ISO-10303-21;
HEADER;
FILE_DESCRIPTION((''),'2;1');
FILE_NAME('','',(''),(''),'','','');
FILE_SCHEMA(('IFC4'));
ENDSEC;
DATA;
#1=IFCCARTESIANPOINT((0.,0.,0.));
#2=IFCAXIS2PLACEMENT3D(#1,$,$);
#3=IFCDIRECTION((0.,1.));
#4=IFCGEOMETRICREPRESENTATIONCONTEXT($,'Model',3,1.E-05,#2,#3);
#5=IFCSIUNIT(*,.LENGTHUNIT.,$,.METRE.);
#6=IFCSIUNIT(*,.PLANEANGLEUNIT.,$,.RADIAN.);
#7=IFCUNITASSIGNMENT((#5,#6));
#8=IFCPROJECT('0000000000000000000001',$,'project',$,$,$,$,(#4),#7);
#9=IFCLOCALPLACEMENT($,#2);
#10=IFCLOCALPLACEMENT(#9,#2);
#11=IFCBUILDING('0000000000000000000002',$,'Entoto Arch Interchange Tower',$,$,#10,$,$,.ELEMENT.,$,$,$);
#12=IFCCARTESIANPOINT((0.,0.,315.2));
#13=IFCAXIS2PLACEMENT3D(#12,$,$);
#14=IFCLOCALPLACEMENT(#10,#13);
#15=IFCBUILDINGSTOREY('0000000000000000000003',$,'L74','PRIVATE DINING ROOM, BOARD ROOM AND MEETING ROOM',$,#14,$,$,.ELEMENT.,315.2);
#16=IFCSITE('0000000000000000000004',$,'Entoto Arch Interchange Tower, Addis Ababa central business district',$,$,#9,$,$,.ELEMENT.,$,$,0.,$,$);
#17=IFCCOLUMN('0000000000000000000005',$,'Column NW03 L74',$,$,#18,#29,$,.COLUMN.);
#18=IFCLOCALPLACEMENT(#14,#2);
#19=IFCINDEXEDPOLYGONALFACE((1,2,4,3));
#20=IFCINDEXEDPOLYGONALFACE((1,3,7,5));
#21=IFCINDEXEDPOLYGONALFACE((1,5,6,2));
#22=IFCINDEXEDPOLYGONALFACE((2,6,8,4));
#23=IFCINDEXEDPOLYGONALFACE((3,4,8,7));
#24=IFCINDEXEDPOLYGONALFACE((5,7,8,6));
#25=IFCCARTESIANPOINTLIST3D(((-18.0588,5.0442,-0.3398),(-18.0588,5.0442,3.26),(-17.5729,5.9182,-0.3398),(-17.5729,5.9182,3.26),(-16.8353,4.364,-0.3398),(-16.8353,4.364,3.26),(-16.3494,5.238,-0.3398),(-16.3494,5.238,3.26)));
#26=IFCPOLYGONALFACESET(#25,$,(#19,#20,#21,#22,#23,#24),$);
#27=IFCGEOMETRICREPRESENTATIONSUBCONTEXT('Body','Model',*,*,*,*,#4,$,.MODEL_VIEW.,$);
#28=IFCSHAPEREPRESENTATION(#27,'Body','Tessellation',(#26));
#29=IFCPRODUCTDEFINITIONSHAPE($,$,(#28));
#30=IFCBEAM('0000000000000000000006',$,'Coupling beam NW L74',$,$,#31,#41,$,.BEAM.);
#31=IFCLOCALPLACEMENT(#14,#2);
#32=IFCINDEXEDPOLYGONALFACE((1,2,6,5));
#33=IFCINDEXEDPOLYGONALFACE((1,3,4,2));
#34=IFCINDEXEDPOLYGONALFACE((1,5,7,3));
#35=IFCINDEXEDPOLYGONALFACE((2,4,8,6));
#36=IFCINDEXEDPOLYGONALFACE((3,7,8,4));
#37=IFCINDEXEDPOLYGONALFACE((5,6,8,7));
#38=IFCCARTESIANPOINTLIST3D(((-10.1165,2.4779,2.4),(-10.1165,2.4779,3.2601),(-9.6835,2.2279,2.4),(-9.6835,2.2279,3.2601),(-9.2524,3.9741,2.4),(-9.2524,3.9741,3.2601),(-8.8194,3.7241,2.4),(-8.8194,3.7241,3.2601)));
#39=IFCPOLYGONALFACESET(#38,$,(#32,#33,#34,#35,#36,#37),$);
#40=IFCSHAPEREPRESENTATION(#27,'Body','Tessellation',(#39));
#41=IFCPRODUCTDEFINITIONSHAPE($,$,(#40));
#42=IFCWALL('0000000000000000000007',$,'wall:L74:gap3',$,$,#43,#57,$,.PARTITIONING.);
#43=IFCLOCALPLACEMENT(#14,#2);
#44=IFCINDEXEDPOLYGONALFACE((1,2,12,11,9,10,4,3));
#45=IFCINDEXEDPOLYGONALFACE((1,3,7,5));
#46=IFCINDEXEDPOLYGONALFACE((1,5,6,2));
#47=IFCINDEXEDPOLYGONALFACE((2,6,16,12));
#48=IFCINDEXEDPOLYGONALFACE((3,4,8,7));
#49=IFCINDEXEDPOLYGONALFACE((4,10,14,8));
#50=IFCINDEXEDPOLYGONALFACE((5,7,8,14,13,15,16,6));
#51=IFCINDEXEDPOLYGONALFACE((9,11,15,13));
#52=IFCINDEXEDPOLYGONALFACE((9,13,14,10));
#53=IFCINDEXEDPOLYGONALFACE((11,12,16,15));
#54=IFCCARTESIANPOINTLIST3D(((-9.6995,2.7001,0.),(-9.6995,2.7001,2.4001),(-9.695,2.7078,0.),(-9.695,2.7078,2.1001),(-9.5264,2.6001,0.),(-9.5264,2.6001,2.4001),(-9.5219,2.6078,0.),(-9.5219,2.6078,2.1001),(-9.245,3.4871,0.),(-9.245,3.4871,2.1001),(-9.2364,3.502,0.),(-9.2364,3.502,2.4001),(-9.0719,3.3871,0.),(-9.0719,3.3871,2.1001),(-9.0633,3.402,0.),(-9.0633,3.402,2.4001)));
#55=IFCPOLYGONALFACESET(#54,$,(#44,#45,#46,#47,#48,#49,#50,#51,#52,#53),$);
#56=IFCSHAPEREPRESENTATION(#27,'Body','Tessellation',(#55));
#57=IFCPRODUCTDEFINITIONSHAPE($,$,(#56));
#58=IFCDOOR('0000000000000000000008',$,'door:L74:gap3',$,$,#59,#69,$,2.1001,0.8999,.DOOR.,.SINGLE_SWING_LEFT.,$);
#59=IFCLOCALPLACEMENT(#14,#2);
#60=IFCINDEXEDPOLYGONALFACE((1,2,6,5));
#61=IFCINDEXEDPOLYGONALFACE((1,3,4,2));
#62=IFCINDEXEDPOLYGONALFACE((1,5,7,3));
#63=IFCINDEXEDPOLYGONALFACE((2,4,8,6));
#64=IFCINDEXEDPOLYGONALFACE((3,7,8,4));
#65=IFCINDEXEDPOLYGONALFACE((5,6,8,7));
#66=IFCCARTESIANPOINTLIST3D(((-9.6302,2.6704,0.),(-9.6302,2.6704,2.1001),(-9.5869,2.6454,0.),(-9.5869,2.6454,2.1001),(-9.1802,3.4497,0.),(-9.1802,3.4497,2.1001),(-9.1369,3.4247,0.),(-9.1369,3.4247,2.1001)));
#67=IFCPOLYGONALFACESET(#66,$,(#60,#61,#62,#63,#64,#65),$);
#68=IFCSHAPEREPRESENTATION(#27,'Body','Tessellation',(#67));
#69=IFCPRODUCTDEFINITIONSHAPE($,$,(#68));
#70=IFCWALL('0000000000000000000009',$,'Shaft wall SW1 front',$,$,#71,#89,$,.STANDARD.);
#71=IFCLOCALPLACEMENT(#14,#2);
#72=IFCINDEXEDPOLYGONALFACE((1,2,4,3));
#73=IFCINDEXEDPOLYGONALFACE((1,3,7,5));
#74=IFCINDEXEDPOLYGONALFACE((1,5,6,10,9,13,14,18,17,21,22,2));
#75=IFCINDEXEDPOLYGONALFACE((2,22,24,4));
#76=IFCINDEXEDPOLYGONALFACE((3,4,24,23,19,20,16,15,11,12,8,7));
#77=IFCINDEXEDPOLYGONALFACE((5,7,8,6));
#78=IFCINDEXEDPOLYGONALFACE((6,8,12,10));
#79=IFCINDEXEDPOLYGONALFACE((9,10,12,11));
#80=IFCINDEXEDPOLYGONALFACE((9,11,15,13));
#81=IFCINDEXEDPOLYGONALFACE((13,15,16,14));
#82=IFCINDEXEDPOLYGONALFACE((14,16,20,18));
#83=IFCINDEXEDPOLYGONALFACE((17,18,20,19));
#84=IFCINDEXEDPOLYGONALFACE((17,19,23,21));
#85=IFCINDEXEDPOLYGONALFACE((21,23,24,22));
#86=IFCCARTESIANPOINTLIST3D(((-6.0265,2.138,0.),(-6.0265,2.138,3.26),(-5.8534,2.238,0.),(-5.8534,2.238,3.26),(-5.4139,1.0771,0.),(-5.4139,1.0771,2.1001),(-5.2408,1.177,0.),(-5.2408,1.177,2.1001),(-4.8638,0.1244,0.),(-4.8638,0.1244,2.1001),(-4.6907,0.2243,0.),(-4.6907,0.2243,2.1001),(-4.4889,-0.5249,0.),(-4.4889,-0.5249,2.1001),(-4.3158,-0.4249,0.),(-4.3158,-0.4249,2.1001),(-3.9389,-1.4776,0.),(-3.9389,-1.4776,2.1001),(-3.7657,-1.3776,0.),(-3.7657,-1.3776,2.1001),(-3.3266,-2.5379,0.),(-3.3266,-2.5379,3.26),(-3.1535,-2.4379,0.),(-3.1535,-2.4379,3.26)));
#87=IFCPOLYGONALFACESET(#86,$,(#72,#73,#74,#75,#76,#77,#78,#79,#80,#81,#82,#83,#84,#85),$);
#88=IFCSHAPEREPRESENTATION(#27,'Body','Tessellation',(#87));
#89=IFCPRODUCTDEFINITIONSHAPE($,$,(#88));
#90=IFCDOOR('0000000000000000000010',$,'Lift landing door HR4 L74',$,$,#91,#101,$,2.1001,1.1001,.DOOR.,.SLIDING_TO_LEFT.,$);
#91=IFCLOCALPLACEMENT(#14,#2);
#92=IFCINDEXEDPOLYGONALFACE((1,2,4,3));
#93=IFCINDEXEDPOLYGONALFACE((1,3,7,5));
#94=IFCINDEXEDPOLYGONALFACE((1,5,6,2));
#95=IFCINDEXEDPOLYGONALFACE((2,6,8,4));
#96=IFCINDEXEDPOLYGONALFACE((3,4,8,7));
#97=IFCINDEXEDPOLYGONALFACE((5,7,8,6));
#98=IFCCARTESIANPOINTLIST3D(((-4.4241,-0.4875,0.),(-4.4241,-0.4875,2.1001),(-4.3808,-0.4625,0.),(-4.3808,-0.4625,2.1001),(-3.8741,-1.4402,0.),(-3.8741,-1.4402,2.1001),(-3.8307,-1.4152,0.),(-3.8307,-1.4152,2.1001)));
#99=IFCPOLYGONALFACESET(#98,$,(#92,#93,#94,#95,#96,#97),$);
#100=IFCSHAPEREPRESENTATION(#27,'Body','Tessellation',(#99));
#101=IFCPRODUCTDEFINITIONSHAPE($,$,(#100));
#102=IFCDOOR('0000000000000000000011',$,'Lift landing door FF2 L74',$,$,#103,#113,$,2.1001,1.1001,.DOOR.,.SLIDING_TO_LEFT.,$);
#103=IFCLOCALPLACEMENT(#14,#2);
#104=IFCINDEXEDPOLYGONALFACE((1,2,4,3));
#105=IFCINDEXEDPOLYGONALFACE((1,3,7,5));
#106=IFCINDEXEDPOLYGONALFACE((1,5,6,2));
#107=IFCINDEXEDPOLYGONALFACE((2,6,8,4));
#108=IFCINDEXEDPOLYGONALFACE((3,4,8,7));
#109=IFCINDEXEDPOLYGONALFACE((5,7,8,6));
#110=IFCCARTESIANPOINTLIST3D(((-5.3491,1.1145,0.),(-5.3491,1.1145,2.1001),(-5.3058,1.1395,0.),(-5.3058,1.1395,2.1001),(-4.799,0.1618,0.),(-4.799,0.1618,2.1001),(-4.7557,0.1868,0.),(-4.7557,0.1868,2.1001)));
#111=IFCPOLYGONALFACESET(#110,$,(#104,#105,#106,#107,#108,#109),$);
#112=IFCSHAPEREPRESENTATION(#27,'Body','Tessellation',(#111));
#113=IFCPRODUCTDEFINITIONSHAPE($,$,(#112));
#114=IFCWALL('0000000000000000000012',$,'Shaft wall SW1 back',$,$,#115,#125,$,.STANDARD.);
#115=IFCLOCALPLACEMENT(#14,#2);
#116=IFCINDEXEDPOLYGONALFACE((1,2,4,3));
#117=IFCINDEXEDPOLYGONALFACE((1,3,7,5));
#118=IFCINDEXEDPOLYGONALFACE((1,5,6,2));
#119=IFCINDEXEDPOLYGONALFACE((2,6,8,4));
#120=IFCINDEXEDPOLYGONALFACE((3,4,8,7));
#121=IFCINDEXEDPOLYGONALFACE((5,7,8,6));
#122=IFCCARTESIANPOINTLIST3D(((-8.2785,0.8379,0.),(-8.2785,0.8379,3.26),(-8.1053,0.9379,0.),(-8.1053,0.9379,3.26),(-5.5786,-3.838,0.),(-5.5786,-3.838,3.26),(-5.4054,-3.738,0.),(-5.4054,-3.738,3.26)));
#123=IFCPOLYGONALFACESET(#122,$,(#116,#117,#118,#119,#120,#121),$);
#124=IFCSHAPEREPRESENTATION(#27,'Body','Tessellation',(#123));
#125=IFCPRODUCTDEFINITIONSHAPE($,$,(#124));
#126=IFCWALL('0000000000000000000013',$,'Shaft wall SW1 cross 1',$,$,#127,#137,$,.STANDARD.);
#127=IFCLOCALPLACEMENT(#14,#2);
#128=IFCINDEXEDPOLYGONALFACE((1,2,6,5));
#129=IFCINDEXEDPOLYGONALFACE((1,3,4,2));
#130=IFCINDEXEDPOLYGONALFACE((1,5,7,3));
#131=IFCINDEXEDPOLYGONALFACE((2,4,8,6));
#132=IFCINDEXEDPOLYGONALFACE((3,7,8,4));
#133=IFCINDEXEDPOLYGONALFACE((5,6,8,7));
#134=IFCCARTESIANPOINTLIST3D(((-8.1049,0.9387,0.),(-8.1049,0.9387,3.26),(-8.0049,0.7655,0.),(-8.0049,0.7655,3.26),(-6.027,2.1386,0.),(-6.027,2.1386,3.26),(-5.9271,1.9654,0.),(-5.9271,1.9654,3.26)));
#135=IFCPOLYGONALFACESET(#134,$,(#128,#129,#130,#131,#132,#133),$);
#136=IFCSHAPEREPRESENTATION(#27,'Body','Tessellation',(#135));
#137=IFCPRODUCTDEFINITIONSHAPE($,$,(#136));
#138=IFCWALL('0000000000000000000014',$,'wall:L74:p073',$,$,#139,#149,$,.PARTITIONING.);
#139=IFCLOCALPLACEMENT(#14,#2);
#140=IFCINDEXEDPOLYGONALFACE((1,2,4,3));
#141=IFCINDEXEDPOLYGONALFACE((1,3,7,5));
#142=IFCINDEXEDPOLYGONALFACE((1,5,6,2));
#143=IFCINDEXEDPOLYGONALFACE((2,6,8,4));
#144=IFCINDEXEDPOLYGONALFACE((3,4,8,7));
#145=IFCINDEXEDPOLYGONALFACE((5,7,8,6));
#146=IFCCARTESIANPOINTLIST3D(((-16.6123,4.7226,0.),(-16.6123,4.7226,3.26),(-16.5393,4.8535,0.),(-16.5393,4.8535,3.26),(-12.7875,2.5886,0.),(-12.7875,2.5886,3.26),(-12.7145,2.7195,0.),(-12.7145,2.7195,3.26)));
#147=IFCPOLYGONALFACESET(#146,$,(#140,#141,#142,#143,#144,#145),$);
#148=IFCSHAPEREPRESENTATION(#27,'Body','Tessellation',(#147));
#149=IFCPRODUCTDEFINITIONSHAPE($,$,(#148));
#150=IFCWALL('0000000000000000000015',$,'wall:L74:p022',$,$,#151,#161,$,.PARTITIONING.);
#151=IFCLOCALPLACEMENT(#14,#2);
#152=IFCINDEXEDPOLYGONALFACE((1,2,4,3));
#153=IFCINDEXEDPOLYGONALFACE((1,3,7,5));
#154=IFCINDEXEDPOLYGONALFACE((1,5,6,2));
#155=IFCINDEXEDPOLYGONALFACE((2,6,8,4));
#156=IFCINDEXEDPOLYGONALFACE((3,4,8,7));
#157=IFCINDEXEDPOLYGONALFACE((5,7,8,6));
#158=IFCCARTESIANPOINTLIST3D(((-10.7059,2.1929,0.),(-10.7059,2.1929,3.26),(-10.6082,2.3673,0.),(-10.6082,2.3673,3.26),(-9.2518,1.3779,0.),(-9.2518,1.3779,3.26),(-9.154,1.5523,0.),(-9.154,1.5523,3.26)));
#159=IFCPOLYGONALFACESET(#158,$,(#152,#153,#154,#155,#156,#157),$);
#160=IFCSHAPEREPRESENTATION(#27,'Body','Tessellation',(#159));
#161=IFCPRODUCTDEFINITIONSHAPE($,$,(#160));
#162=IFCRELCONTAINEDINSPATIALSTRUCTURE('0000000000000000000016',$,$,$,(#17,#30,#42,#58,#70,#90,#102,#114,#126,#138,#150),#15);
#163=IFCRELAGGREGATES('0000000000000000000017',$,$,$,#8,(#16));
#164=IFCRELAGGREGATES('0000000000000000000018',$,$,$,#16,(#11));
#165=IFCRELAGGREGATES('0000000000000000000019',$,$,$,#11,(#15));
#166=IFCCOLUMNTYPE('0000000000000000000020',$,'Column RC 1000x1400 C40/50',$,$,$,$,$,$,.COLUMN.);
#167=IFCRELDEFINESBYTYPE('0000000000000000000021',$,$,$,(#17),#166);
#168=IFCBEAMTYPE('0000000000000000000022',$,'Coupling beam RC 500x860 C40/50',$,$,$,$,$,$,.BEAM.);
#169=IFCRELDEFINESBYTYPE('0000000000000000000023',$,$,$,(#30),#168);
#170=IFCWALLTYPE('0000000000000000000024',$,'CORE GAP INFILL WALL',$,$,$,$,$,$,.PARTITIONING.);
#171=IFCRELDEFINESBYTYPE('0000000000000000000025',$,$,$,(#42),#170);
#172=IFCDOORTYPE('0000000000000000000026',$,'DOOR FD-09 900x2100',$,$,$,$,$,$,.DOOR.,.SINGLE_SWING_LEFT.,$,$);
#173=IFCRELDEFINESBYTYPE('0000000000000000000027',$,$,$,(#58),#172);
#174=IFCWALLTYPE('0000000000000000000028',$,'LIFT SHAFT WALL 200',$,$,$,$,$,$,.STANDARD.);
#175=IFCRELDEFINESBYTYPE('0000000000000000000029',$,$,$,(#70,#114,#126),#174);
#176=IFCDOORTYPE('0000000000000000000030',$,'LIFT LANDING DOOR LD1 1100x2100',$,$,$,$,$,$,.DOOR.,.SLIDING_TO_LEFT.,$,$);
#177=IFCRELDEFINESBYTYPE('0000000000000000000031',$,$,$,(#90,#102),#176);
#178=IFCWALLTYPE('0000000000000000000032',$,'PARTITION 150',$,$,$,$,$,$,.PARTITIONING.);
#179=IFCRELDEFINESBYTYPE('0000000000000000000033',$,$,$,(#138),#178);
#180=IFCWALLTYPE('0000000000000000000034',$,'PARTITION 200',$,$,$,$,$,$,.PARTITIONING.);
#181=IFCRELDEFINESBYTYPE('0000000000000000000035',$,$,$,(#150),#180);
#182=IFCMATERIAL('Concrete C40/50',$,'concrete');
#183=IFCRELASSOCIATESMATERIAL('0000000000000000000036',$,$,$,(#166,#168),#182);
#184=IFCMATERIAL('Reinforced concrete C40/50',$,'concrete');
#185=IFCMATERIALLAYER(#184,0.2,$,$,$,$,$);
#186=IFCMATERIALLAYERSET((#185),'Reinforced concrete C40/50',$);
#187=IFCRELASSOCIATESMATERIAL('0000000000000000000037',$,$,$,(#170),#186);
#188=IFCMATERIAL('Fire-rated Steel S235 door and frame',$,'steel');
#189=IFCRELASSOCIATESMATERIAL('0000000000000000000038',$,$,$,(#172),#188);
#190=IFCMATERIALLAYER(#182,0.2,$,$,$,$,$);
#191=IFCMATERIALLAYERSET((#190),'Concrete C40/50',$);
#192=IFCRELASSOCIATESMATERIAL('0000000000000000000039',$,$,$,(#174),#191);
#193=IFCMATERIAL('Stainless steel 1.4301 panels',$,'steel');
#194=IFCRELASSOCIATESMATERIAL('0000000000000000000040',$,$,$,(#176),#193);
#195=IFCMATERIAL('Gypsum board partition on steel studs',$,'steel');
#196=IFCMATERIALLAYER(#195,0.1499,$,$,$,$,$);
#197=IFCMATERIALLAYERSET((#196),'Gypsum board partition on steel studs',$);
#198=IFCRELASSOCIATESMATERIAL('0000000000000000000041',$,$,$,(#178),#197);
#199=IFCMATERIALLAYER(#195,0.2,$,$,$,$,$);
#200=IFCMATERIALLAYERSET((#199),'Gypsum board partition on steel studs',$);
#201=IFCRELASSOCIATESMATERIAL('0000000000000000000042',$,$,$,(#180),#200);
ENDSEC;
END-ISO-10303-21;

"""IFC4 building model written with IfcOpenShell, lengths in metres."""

from ifc_helpers import new_model, si_unit, direction, frame, frame_2d, origin, origin_2d, place, context, subcontext, project, spatial, rectangle, extrude, material, layer, layer_set, material_profile, profile_set, type_object, element, fill, save


model = new_model("IFC4")

# Units and contexts
model_context = context("Model", 3, precision=1e-05, world=origin(), true_north=direction((0.0, 1.0)))
body_context = subcontext(model_context, "Body", "Model", "MODEL_VIEW")
ifc_project = project(units=[si_unit("LENGTHUNIT", "METRE"), si_unit("PLANEANGLEUNIT", "RADIAN")], contexts=[model_context])

# Site, building, storey
site_placement = place(None, origin())
site = spatial("IfcSite", under=ifc_project, at=site_placement, Name="Entoto Arch Interchange Tower, Addis Ababa central business district", CompositionType="ELEMENT", RefElevation=0.0)
building_placement = place(site_placement, origin())
building = spatial("IfcBuilding", under=site, at=building_placement, Name="Entoto Arch Interchange Tower", CompositionType="ELEMENT")
storey_placement = place(building_placement, frame((0.0, 0.0, 315.2)))
storey = spatial("IfcBuildingStorey", under=building, at=storey_placement, Name="L74", Description="PRIVATE DINING ROOM, BOARD ROOM AND MEETING ROOM", CompositionType="ELEMENT", Elevation=315.2)

# Column
ifc_material_1 = material(Name="Concrete C40/50", Category="concrete")
ifc_material_profile_1 = material_profile(ifc_material_1, rectangle(XDim=1.0, YDim=1.3999, at=origin_2d()))
ifc_profile_set_1 = profile_set([ifc_material_profile_1], Name="Concrete C40/50")
column_type = type_object("IfcColumnType", Name="Column RC 1000x1400 C40/50", PredefinedType="COLUMN", material=ifc_profile_set_1)
column_placement = place(storey_placement, frame((-17.2041, 5.1411, -0.3398), z_axis=(0.0, 0.0, 1.0), x_axis=(0.485924, 0.874001, 0.0)))
element("IfcColumn", 1, at=column_placement, inside=storey, type_object=column_type, Name="Column NW03 L74", PredefinedType="COLUMN", context=body_context, shape_type="SweptSolid", body=[
    extrude(rectangle(XDim=1.0, YDim=1.3999, at=origin_2d()), origin(), (0.0, 0.0, 1.0), 3.5999),
])

# Beam
ifc_material_profile_2 = material_profile(ifc_material_1, rectangle(XDim=0.5, YDim=0.8601, at=origin_2d()))
ifc_profile_set_2 = profile_set([ifc_material_profile_2], Name="Concrete C40/50")
beam_type = type_object("IfcBeamType", Name="Coupling beam RC 500x860 C40/50", PredefinedType="BEAM", material=ifc_profile_set_2)
beam_placement = place(storey_placement, frame((-9.0359, 3.8491, 2.8301), z_axis=(-0.500106, -0.865964, 0.0), x_axis=(0.865964, -0.500106, 0.0)))
element("IfcBeam", 2, at=beam_placement, inside=storey, type_object=beam_type, Name="Coupling beam NW L74", PredefinedType="BEAM", context=body_context, shape_type="SweptSolid", body=[
    extrude(rectangle(XDim=0.5, YDim=0.8601, at=origin_2d()), origin(), (0.0, 0.0, 1.0), 1.7278),
])

# Wall, opening, door
ifc_material_2 = material(Name="Reinforced concrete C40/50", Category="concrete")
ifc_layer_1 = layer(ifc_material_2, 0.2)
ifc_layer_set_1 = layer_set([ifc_layer_1], Name="Reinforced concrete C40/50")
wall_type_1 = type_object("IfcWallType", Name="CORE GAP INFILL WALL", PredefinedType="PARTITIONING", material=ifc_layer_set_1)
wall_1_placement = place(storey_placement, frame((-9.1499, 3.4519, 0.0), z_axis=(0.0, 0.0, 1.0), x_axis=(-0.50008, -0.865979, 0.0)))
wall_1 = element("IfcWall", 3, at=wall_1_placement, inside=storey, type_object=wall_type_1, Name="wall:L74:gap3", PredefinedType="PARTITIONING", context=body_context, shape_type="SweptSolid", body=[
    extrude(rectangle(XDim=0.926, YDim=0.2, at=frame_2d((0.4629, 0.0))), origin(), (0.0, 0.0, 1.0), 2.4001),
])
opening_1_placement = place(wall_1_placement, frame((0.0171, 0.0, 0.0)))
opening_1 = element("IfcOpeningElement", 4, at=opening_1_placement, cuts=wall_1, PredefinedType="OPENING", context=body_context, shape_type="SweptSolid", body=[
    extrude(rectangle(XDim=0.8999, YDim=2.1001, at=frame_2d((0.45, 1.05))), frame((0.0, 0.1099, 0.0), z_axis=(0.0, -1.0, 0.0), x_axis=(1.0, 0.0, 0.0)), (0.0, 0.0, 1.0), 0.22),
])
ifc_material_3 = material(Name="Fire-rated Steel S235 door and frame", Category="steel")
door_type_1 = type_object("IfcDoorType", Name="DOOR FD-09 900x2100", OperationType="SINGLE_SWING_LEFT", PredefinedType="DOOR", material=ifc_material_3)
door_1_placement = place(opening_1_placement, origin())
door_1 = element("IfcDoor", 5, at=door_1_placement, inside=storey, type_object=door_type_1, Name="door:L74:gap3", OperationType="SINGLE_SWING_LEFT", OverallHeight=2.1001, OverallWidth=0.8999, PredefinedType="DOOR", context=body_context, shape_type="SweptSolid", body=[
    extrude(rectangle(XDim=0.8999, YDim=2.1001, at=frame_2d((0.45, 1.05))), frame((0.0, 0.0249, 0.0), z_axis=(0.0, -1.0, 0.0), x_axis=(1.0, 0.0, 0.0)), (0.0, 0.0, 1.0), 0.05),
])
fill(opening_1, door_1)

# Wall, openings, doors
ifc_layer_2 = layer(ifc_material_1, 0.2)
ifc_layer_set_2 = layer_set([ifc_layer_2], Name="Concrete C40/50")
wall_type_2 = type_object("IfcWallType", Name="LIFT SHAFT WALL 200", PredefinedType="STANDARD", material=ifc_layer_set_2)
wall_2_placement = place(storey_placement, frame((-5.9399, 2.188, 0.0), z_axis=(0.0, 0.0, 1.0), x_axis=(0.500034, -0.866006, 0.0)))
wall_2 = element("IfcWall", 6, at=wall_2_placement, inside=storey, type_object=wall_type_2, Name="Shaft wall SW1 front", PredefinedType="STANDARD", context=body_context, shape_type="SweptSolid", body=[
    extrude(rectangle(XDim=5.3994, YDim=0.2, at=frame_2d((2.6997, 0.0))), origin(), (0.0, 0.0, 1.0), 3.26),
])
opening_2_placement = place(wall_2_placement, frame((3.075, 0.0, 0.0)))
opening_2 = element("IfcOpeningElement", 7, at=opening_2_placement, cuts=wall_2, PredefinedType="OPENING", context=body_context, shape_type="SweptSolid", body=[
    extrude(rectangle(XDim=1.1001, YDim=2.1001, at=frame_2d((0.55, 1.05))), frame((0.0, 0.1099, 0.0), z_axis=(0.0, -1.0, 0.0), x_axis=(1.0, 0.0, 0.0)), (0.0, 0.0, 1.0), 0.22),
])
opening_3_placement = place(wall_2_placement, frame((1.2251, 0.0, 0.0)))
opening_3 = element("IfcOpeningElement", 8, at=opening_3_placement, cuts=wall_2, PredefinedType="OPENING", context=body_context, shape_type="SweptSolid", body=[
    extrude(rectangle(XDim=1.1001, YDim=2.1001, at=frame_2d((0.55, 1.05))), frame((0.0, 0.1099, 0.0), z_axis=(0.0, -1.0, 0.0), x_axis=(1.0, 0.0, 0.0)), (0.0, 0.0, 1.0), 0.22),
])
ifc_material_4 = material(Name="Stainless steel 1.4301 panels", Category="steel")
door_type_2 = type_object("IfcDoorType", Name="LIFT LANDING DOOR LD1 1100x2100", OperationType="SLIDING_TO_LEFT", PredefinedType="DOOR", material=ifc_material_4)
door_2_placement = place(opening_2_placement, origin())
door_2 = element("IfcDoor", 9, at=door_2_placement, inside=storey, type_object=door_type_2, Name="Lift landing door HR4 L74", OperationType="SLIDING_TO_LEFT", OverallHeight=2.1001, OverallWidth=1.1001, PredefinedType="DOOR", context=body_context, shape_type="SweptSolid", body=[
    extrude(rectangle(XDim=1.1001, YDim=2.1001, at=frame_2d((0.55, 1.05))), frame((0.0, 0.0249, 0.0), z_axis=(0.0, -1.0, 0.0), x_axis=(1.0, 0.0, 0.0)), (0.0, 0.0, 1.0), 0.05),
])
fill(opening_2, door_2)
door_3_placement = place(opening_3_placement, origin())
door_3 = element("IfcDoor", 10, at=door_3_placement, inside=storey, type_object=door_type_2, Name="Lift landing door FF2 L74", OperationType="SLIDING_TO_LEFT", OverallHeight=2.1001, OverallWidth=1.1001, PredefinedType="DOOR", context=body_context, shape_type="SweptSolid", body=[
    extrude(rectangle(XDim=1.1001, YDim=2.1001, at=frame_2d((0.55, 1.05))), frame((0.0, 0.0249, 0.0), z_axis=(0.0, -1.0, 0.0), x_axis=(1.0, 0.0, 0.0)), (0.0, 0.0, 1.0), 0.05),
])
fill(opening_3, door_3)

# Walls
wall_3_placement = place(storey_placement, frame((-8.1919, 0.8879, 0.0), z_axis=(0.0, 0.0, 1.0), x_axis=(0.500034, -0.866006, 0.0)))
element("IfcWall", 11, at=wall_3_placement, inside=storey, type_object=wall_type_2, Name="Shaft wall SW1 back", PredefinedType="STANDARD", context=body_context, shape_type="SweptSolid", body=[
    extrude(rectangle(XDim=5.3994, YDim=0.2, at=frame_2d((2.6997, 0.0))), origin(), (0.0, 0.0, 1.0), 3.26),
])
wall_4_placement = place(storey_placement, frame((-5.9771, 2.052, 0.0), z_axis=(0.0, 0.0, 1.0), x_axis=(-0.865974, -0.500089, 0.0)))
element("IfcWall", 12, at=wall_4_placement, inside=storey, type_object=wall_type_2, Name="Shaft wall SW1 cross 1", PredefinedType="STANDARD", context=body_context, shape_type="SweptSolid", body=[
    extrude(rectangle(XDim=2.3994, YDim=0.2, at=frame_2d((1.1997, 0.0))), origin(), (0.0, 0.0, 1.0), 3.26),
])
ifc_material_5 = material(Name="Gypsum board partition on steel studs", Category="steel")
ifc_layer_3 = layer(ifc_material_5, 0.1499)
ifc_layer_set_3 = layer_set([ifc_layer_3], Name="Gypsum board partition on steel studs")
wall_type_3 = type_object("IfcWallType", Name="PARTITION 150", PredefinedType="PARTITIONING", material=ifc_layer_set_3)
wall_5_placement = place(storey_placement, frame((-12.751, 2.6541, 0.0), z_axis=(0.0, 0.0, 1.0), x_axis=(-0.873278, 0.487223, 0.0)))
element("IfcWall", 13, at=wall_5_placement, inside=storey, type_object=wall_type_3, Name="wall:L74:p073", PredefinedType="PARTITIONING", context=body_context, shape_type="SweptSolid", body=[
    extrude(rectangle(XDim=4.3799, YDim=0.1499, at=frame_2d((2.1899, 0.0))), origin(), (0.0, 0.0, 1.0), 3.26),
])
ifc_layer_4 = layer(ifc_material_5, 0.2)
ifc_layer_set_4 = layer_set([ifc_layer_4], Name="Gypsum board partition on steel studs")
wall_type_4 = type_object("IfcWallType", Name="PARTITION 200", PredefinedType="PARTITIONING", material=ifc_layer_set_4)
wall_6_placement = place(storey_placement, frame((-9.2029, 1.4651, 0.0), z_axis=(0.0, 0.0, 1.0), x_axis=(-0.872341, 0.488898, 0.0)))
element("IfcWall", 14, at=wall_6_placement, inside=storey, type_object=wall_type_4, Name="wall:L74:p022", PredefinedType="PARTITIONING", context=body_context, shape_type="SweptSolid", body=[
    extrude(rectangle(XDim=1.667, YDim=0.2, at=frame_2d((0.8335, 0.0))), origin(), (0.0, 0.0, 1.0), 3.26),
])

save(model, "model.ifc")
